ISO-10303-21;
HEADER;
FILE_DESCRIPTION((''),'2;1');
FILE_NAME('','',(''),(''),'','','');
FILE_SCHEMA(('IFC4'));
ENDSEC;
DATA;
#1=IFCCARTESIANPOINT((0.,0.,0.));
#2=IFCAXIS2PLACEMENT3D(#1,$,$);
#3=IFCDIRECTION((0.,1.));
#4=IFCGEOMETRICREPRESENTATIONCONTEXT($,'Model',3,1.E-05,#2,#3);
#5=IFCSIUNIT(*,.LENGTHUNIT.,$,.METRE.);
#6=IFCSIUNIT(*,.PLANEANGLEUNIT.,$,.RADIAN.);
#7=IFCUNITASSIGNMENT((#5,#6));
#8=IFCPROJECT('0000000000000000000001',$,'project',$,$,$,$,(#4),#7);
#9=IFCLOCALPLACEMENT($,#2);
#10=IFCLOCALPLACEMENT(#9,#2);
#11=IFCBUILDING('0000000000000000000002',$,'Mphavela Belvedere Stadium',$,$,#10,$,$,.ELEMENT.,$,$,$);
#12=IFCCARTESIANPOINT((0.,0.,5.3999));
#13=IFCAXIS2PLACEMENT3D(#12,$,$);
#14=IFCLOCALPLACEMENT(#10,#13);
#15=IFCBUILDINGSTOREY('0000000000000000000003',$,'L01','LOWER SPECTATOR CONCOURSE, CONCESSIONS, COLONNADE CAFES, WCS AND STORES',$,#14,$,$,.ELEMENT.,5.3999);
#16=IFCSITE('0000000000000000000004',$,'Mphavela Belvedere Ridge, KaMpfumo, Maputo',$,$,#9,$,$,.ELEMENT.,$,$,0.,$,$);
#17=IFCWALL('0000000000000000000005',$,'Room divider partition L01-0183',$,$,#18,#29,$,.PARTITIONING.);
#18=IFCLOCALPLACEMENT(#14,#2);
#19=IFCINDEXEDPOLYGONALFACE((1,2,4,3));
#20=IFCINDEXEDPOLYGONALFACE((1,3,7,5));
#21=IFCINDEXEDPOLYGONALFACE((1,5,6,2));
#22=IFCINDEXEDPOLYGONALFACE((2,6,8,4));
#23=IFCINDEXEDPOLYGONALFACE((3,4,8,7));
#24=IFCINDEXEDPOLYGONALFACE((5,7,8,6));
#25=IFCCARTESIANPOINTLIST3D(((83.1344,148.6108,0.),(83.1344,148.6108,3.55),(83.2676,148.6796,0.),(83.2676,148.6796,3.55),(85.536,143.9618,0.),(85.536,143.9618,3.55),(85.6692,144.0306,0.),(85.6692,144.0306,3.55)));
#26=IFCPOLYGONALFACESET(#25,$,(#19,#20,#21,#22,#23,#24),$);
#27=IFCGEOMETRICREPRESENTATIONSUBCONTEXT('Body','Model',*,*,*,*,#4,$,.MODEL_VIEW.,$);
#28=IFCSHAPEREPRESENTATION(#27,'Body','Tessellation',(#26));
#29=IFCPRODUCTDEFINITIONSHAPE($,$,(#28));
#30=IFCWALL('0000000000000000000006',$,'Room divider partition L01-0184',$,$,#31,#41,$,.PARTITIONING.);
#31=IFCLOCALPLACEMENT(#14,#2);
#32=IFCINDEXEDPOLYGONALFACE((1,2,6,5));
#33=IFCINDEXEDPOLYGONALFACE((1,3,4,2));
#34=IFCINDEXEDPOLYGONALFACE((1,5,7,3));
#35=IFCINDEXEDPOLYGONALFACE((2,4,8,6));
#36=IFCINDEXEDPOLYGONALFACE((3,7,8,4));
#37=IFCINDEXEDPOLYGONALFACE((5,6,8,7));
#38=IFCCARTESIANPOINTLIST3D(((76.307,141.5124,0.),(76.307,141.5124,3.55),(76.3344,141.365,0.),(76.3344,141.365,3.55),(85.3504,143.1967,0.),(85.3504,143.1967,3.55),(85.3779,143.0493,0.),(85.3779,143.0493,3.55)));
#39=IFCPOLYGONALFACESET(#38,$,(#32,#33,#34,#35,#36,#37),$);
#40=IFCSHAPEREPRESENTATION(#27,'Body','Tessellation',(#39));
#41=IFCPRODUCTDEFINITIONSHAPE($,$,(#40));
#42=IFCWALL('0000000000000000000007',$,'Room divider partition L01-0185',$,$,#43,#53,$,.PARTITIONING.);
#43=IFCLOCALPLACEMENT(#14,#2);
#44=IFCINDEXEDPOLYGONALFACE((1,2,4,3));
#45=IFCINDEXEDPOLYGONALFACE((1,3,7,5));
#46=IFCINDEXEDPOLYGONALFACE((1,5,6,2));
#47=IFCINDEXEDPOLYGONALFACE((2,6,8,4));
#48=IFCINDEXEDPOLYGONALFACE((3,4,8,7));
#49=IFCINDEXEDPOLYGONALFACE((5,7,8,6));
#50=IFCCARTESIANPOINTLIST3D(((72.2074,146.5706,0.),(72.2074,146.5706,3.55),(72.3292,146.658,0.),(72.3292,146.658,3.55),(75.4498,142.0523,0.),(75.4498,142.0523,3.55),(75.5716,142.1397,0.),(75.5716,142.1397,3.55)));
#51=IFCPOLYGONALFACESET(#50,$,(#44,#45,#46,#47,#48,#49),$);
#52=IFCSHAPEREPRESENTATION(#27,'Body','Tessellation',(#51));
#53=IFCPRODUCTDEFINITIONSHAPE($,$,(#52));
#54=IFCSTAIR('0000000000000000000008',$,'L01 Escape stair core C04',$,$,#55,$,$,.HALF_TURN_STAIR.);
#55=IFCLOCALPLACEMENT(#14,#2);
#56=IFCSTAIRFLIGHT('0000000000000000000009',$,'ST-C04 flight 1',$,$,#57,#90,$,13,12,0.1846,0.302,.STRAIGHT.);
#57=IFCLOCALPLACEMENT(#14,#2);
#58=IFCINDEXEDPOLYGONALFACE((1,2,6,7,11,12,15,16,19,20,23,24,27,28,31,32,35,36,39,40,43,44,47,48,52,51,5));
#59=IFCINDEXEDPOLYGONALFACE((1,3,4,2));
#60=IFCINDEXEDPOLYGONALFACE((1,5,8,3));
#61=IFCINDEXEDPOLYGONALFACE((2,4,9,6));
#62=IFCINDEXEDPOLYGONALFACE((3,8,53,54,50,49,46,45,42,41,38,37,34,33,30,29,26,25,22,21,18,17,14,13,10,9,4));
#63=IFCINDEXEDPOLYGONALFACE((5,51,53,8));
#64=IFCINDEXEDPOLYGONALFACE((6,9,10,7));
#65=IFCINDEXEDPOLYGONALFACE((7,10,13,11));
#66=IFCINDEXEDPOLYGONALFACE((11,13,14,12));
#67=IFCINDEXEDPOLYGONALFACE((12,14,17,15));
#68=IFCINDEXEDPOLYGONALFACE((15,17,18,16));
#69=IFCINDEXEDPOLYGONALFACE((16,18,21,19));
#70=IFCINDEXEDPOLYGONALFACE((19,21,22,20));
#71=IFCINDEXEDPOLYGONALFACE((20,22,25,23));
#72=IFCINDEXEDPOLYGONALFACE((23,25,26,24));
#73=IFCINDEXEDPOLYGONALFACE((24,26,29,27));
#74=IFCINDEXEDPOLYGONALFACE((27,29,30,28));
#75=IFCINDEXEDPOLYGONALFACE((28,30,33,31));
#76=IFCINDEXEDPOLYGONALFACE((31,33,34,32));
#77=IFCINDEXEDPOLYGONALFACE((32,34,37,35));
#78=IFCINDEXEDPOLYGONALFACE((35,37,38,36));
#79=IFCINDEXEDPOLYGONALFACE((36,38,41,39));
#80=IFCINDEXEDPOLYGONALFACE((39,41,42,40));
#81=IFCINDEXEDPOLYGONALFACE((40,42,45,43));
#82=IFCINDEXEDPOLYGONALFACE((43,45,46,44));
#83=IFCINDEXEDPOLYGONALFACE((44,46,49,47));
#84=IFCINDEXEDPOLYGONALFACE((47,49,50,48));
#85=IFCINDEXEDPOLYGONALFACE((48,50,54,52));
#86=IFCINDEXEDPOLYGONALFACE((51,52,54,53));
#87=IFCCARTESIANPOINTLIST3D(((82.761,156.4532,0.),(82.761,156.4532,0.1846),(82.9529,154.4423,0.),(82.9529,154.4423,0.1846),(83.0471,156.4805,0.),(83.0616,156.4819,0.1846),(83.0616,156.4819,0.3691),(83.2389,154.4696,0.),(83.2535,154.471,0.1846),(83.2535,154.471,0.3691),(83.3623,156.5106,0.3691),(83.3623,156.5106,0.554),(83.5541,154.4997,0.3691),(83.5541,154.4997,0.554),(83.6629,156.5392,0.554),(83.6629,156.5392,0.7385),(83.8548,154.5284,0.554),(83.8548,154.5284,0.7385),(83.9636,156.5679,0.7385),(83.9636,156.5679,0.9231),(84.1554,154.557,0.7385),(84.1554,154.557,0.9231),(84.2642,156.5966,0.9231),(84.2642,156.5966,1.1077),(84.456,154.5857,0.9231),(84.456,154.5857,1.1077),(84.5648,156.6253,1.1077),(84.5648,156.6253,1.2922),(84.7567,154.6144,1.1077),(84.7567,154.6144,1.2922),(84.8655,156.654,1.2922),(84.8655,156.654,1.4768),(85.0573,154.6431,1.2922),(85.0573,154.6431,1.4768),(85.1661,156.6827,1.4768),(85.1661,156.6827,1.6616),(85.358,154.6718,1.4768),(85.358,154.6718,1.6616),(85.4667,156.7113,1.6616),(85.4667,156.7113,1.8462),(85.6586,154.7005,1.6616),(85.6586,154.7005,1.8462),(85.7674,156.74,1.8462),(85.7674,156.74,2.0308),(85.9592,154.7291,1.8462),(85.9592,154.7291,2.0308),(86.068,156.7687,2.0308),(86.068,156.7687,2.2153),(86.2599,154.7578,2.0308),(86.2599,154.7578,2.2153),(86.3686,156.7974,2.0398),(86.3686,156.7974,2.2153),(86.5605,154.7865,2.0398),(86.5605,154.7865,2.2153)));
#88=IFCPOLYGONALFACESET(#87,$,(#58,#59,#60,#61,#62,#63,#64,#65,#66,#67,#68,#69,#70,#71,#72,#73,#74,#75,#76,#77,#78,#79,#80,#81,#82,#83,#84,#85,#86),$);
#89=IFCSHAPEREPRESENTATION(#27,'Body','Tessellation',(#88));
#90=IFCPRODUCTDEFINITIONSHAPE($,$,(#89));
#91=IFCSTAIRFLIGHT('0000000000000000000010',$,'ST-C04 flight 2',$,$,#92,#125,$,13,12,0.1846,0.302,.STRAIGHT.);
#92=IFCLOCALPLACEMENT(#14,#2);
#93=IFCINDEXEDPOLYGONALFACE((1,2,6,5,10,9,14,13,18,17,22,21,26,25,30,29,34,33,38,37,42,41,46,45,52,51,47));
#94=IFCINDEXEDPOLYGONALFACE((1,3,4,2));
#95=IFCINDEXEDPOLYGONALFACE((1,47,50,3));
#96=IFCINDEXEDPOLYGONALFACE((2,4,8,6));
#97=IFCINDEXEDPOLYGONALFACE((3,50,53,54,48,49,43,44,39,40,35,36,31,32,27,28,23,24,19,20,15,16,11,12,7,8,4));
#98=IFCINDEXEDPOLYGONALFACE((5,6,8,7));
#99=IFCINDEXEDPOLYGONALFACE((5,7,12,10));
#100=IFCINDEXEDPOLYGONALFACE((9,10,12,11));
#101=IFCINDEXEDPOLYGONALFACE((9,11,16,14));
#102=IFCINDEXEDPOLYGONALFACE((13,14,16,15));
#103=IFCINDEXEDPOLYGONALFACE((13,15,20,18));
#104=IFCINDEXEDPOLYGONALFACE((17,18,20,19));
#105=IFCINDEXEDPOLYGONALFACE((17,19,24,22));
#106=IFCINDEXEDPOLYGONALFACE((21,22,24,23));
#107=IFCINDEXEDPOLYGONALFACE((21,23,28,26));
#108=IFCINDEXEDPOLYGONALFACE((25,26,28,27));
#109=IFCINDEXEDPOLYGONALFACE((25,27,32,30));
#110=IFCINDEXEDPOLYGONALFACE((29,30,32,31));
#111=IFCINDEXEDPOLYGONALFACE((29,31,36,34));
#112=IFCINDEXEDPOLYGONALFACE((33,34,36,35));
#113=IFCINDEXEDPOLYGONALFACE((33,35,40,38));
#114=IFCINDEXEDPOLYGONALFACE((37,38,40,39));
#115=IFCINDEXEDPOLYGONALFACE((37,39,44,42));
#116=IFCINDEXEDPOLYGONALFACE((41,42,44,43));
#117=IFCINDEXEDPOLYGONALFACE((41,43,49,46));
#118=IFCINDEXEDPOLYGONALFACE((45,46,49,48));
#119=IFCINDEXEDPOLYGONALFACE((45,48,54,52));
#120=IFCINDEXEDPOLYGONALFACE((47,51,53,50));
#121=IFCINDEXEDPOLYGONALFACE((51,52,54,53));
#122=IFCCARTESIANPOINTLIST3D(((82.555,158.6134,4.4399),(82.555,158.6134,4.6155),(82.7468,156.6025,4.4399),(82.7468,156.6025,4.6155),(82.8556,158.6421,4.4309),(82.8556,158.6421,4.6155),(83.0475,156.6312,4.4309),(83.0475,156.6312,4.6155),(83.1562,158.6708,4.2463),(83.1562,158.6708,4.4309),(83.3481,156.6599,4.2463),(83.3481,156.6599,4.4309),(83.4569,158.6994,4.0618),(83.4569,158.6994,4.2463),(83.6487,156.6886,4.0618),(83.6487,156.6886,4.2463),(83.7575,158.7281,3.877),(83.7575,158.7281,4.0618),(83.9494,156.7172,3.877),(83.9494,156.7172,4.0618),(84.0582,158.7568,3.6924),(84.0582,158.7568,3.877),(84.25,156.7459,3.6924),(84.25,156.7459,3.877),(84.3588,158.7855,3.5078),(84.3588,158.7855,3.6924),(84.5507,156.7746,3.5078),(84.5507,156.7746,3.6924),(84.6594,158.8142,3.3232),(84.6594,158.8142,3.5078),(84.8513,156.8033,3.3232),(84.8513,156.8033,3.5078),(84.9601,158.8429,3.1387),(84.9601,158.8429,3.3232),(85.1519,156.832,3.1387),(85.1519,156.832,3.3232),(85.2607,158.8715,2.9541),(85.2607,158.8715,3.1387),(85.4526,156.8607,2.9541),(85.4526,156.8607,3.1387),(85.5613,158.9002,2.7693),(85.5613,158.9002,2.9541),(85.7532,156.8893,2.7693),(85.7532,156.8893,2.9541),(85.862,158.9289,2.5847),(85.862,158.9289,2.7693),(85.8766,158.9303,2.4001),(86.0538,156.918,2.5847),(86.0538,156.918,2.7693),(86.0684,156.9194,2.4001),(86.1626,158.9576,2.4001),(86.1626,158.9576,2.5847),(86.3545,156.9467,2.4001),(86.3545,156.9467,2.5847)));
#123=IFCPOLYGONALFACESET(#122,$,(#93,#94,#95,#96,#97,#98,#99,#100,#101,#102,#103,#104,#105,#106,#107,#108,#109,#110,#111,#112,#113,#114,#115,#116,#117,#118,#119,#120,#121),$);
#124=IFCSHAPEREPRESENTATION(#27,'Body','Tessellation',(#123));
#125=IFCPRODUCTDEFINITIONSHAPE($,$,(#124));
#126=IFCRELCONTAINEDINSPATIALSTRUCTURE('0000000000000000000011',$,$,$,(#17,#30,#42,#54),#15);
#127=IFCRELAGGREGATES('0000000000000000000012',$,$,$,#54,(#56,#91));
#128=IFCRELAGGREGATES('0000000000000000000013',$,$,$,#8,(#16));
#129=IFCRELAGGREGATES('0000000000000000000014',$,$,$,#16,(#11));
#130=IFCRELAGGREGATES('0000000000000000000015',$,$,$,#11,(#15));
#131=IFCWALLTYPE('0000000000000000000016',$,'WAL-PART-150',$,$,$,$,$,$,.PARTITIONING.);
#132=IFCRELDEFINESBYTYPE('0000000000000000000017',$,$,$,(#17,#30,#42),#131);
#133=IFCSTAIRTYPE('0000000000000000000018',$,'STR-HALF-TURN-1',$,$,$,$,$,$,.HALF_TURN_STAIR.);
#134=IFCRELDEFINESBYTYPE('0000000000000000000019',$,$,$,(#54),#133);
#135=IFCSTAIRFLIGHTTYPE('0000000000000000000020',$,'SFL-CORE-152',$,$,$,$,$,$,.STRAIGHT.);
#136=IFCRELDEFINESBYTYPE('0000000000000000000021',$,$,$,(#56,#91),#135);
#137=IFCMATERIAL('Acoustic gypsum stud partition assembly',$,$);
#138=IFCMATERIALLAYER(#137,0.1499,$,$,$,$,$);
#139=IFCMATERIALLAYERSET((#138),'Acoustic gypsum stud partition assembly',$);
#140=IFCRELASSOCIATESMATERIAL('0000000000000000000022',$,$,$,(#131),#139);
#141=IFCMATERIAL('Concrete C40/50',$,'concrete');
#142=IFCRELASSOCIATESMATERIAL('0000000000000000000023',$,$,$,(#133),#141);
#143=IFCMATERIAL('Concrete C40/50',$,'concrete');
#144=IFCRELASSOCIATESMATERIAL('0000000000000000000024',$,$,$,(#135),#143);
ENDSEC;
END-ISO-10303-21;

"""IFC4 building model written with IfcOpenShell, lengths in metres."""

from ifc_helpers import new_model, si_unit, direction, frame, frame_2d, origin, place, context, subcontext, project, spatial, polyline, rectangle, outline, extrude, material, layer, layer_set, type_object, element, aggregate, save


model = new_model("IFC4")

# Units and contexts
model_context = context("Model", 3, precision=1e-05, world=origin(), true_north=direction((0.0, 1.0)))
body_context = subcontext(model_context, "Body", "Model", "MODEL_VIEW")
ifc_project = project(units=[si_unit("LENGTHUNIT", "METRE"), si_unit("PLANEANGLEUNIT", "RADIAN")], contexts=[model_context])

# Site, building, storey
site_placement = place(None, origin())
site = spatial("IfcSite", under=ifc_project, at=site_placement, Name="Mphavela Belvedere Ridge, KaMpfumo, Maputo", CompositionType="ELEMENT", RefElevation=0.0)
building_placement = place(site_placement, origin())
building = spatial("IfcBuilding", under=site, at=building_placement, Name="Mphavela Belvedere Stadium", CompositionType="ELEMENT")
storey_placement = place(building_placement, frame((0.0, 0.0, 5.3999)))
storey = spatial("IfcBuildingStorey", under=building, at=storey_placement, Name="L01", Description="LOWER SPECTATOR CONCOURSE, CONCESSIONS, COLONNADE CAFES, WCS AND STORES", CompositionType="ELEMENT", Elevation=5.3999)

# Shared definitions
ifc_material_1 = material(Name="Acoustic gypsum stud partition assembly")
ifc_layer_1 = layer(ifc_material_1, 0.1499)
ifc_layer_set_1 = layer_set([ifc_layer_1], Name="Acoustic gypsum stud partition assembly")
wall_type_1 = type_object("IfcWallType", Name="WAL-PART-150", PredefinedType="PARTITIONING", material=ifc_layer_set_1)

# Walls
wall_1_placement = place(storey_placement, frame((85.6025, 143.9963, 0.0), z_axis=(0.0, 0.0, 1.0), x_axis=(-0.45897, 0.888452, 0.0)))
element("IfcWall", 1, at=wall_1_placement, inside=storey, type_object=wall_type_1, Name="Room divider partition L01-0183", PredefinedType="PARTITIONING", context=body_context, shape_type="SweptSolid", body=[
    extrude(rectangle(XDim=5.2327, YDim=0.1499, at=frame_2d((2.6162, 0.0))), origin(), (0.0, 0.0, 1.0), 3.55),
])
wall_2_placement = place(storey_placement, frame((85.3643, 143.123, 0.0), z_axis=(0.0, 0.0, 1.0), x_axis=(-0.983094, -0.183099, 0.0)))
element("IfcWall", 2, at=wall_2_placement, inside=storey, type_object=wall_type_1, Name="Room divider partition L01-0184", PredefinedType="PARTITIONING", context=body_context, shape_type="SweptSolid", body=[
    extrude(rectangle(XDim=9.199, YDim=0.1499, at=frame_2d((4.5996, 0.0))), origin(), (0.0, 0.0, 1.0), 3.55),
])
wall_3_placement = place(storey_placement, frame((75.5107, 142.0959, 0.0), z_axis=(0.0, 0.0, 1.0), x_axis=(-0.583031, 0.81245, 0.0)))
element("IfcWall", 3, at=wall_3_placement, inside=storey, type_object=wall_type_1, Name="Room divider partition L01-0185", PredefinedType="PARTITIONING", context=body_context, shape_type="SweptSolid", body=[
    extrude(rectangle(XDim=5.5613, YDim=0.1499, at=frame_2d((2.7808, 0.0))), origin(), (0.0, 0.0, 1.0), 3.55),
])

# Stair, stair flights
ifc_material_2 = material(Name="Concrete C40/50", Category="concrete")
stair_type = type_object("IfcStairType", Name="STR-HALF-TURN-1", PredefinedType="HALF_TURN_STAIR", material=ifc_material_2)
stair_placement = place(storey_placement, origin())
stair = element("IfcStair", 4, at=stair_placement, inside=storey, type_object=stair_type, Name="L01 Escape stair core C04", PredefinedType="HALF_TURN_STAIR")
ifc_material_3 = material(Name="Concrete C40/50", Category="concrete")
stair_flight_type = type_object("IfcStairFlightType", Name="SFL-CORE-152", PredefinedType="STRAIGHT", material=ifc_material_3)
stair_flight_1_placement = place(storey_placement, frame((82.8569, 155.4478, 0.0), z_axis=(0.0, 0.0, 1.0), x_axis=(0.995479, 0.094977, 0.0)))
stair_flight_1 = element("IfcStairFlight", 5, at=stair_flight_1_placement, type_object=stair_flight_type, Name="ST-C04 flight 1", NumberOfRisers=13, NumberOfTreads=12, PredefinedType="STRAIGHT", RiserHeight=0.1846, TreadLength=0.302, context=body_context, shape_type="SweptSolid", body=[
    extrude(outline(polyline([(0.0, 0.0), (0.0, 0.1846), (0.302, 0.1846), (0.302, 0.3691), (0.604, 0.3691), (0.604, 0.554), (0.906, 0.554), (0.906, 0.7385), (1.208, 0.7385), (1.208, 0.9231), (1.51, 0.9231), (1.51, 1.1077), (1.812, 1.1077), (1.812, 1.2922), (2.114, 1.2922), (2.114, 1.4768), (2.416, 1.4768), (2.416, 1.6616), (2.718, 1.6616), (2.718, 1.8462), (3.02, 1.8462), (3.02, 2.0308), (3.322, 2.0308), (3.322, 2.2153), (3.624, 2.2153), (3.624, 2.3999), (3.624, 2.0398), (0.2874, 0.0), (0.0, 0.0)])), frame((0.0, 1.01, 0.0), z_axis=(0.0, -1.0, 0.0), x_axis=(1.0, 0.0, 0.0)), (0.0, 0.0, 1.0), 2.02),
])
stair_flight_2_placement = place(storey_placement, frame((86.2585, 157.9521, 2.4001), z_axis=(0.0, 0.0, 1.0), x_axis=(-0.995479, -0.094977, 0.0)))
stair_flight_2 = element("IfcStairFlight", 6, at=stair_flight_2_placement, type_object=stair_flight_type, Name="ST-C04 flight 2", NumberOfRisers=13, NumberOfTreads=12, PredefinedType="STRAIGHT", RiserHeight=0.1846, TreadLength=0.302, context=body_context, shape_type="SweptSolid", body=[
    extrude(outline(polyline([(0.0, 0.0), (0.0, 0.1846), (0.302, 0.1846), (0.302, 0.3691), (0.604, 0.3691), (0.604, 0.554), (0.906, 0.554), (0.906, 0.7385), (1.208, 0.7385), (1.208, 0.9231), (1.51, 0.9231), (1.51, 1.1077), (1.812, 1.1077), (1.812, 1.2922), (2.114, 1.2922), (2.114, 1.4768), (2.416, 1.4768), (2.416, 1.6616), (2.718, 1.6616), (2.718, 1.8462), (3.02, 1.8462), (3.02, 2.0308), (3.322, 2.0308), (3.322, 2.2153), (3.624, 2.2153), (3.624, 2.3999), (3.624, 2.0398), (0.2874, 0.0), (0.0, 0.0)])), frame((0.0, 1.01, 0.0), z_axis=(0.0, -1.0, 0.0), x_axis=(1.0, 0.0, 0.0)), (0.0, 0.0, 1.0), 2.02),
])
aggregate(stair, [stair_flight_1, stair_flight_2])

save(model, "model.ifc")
